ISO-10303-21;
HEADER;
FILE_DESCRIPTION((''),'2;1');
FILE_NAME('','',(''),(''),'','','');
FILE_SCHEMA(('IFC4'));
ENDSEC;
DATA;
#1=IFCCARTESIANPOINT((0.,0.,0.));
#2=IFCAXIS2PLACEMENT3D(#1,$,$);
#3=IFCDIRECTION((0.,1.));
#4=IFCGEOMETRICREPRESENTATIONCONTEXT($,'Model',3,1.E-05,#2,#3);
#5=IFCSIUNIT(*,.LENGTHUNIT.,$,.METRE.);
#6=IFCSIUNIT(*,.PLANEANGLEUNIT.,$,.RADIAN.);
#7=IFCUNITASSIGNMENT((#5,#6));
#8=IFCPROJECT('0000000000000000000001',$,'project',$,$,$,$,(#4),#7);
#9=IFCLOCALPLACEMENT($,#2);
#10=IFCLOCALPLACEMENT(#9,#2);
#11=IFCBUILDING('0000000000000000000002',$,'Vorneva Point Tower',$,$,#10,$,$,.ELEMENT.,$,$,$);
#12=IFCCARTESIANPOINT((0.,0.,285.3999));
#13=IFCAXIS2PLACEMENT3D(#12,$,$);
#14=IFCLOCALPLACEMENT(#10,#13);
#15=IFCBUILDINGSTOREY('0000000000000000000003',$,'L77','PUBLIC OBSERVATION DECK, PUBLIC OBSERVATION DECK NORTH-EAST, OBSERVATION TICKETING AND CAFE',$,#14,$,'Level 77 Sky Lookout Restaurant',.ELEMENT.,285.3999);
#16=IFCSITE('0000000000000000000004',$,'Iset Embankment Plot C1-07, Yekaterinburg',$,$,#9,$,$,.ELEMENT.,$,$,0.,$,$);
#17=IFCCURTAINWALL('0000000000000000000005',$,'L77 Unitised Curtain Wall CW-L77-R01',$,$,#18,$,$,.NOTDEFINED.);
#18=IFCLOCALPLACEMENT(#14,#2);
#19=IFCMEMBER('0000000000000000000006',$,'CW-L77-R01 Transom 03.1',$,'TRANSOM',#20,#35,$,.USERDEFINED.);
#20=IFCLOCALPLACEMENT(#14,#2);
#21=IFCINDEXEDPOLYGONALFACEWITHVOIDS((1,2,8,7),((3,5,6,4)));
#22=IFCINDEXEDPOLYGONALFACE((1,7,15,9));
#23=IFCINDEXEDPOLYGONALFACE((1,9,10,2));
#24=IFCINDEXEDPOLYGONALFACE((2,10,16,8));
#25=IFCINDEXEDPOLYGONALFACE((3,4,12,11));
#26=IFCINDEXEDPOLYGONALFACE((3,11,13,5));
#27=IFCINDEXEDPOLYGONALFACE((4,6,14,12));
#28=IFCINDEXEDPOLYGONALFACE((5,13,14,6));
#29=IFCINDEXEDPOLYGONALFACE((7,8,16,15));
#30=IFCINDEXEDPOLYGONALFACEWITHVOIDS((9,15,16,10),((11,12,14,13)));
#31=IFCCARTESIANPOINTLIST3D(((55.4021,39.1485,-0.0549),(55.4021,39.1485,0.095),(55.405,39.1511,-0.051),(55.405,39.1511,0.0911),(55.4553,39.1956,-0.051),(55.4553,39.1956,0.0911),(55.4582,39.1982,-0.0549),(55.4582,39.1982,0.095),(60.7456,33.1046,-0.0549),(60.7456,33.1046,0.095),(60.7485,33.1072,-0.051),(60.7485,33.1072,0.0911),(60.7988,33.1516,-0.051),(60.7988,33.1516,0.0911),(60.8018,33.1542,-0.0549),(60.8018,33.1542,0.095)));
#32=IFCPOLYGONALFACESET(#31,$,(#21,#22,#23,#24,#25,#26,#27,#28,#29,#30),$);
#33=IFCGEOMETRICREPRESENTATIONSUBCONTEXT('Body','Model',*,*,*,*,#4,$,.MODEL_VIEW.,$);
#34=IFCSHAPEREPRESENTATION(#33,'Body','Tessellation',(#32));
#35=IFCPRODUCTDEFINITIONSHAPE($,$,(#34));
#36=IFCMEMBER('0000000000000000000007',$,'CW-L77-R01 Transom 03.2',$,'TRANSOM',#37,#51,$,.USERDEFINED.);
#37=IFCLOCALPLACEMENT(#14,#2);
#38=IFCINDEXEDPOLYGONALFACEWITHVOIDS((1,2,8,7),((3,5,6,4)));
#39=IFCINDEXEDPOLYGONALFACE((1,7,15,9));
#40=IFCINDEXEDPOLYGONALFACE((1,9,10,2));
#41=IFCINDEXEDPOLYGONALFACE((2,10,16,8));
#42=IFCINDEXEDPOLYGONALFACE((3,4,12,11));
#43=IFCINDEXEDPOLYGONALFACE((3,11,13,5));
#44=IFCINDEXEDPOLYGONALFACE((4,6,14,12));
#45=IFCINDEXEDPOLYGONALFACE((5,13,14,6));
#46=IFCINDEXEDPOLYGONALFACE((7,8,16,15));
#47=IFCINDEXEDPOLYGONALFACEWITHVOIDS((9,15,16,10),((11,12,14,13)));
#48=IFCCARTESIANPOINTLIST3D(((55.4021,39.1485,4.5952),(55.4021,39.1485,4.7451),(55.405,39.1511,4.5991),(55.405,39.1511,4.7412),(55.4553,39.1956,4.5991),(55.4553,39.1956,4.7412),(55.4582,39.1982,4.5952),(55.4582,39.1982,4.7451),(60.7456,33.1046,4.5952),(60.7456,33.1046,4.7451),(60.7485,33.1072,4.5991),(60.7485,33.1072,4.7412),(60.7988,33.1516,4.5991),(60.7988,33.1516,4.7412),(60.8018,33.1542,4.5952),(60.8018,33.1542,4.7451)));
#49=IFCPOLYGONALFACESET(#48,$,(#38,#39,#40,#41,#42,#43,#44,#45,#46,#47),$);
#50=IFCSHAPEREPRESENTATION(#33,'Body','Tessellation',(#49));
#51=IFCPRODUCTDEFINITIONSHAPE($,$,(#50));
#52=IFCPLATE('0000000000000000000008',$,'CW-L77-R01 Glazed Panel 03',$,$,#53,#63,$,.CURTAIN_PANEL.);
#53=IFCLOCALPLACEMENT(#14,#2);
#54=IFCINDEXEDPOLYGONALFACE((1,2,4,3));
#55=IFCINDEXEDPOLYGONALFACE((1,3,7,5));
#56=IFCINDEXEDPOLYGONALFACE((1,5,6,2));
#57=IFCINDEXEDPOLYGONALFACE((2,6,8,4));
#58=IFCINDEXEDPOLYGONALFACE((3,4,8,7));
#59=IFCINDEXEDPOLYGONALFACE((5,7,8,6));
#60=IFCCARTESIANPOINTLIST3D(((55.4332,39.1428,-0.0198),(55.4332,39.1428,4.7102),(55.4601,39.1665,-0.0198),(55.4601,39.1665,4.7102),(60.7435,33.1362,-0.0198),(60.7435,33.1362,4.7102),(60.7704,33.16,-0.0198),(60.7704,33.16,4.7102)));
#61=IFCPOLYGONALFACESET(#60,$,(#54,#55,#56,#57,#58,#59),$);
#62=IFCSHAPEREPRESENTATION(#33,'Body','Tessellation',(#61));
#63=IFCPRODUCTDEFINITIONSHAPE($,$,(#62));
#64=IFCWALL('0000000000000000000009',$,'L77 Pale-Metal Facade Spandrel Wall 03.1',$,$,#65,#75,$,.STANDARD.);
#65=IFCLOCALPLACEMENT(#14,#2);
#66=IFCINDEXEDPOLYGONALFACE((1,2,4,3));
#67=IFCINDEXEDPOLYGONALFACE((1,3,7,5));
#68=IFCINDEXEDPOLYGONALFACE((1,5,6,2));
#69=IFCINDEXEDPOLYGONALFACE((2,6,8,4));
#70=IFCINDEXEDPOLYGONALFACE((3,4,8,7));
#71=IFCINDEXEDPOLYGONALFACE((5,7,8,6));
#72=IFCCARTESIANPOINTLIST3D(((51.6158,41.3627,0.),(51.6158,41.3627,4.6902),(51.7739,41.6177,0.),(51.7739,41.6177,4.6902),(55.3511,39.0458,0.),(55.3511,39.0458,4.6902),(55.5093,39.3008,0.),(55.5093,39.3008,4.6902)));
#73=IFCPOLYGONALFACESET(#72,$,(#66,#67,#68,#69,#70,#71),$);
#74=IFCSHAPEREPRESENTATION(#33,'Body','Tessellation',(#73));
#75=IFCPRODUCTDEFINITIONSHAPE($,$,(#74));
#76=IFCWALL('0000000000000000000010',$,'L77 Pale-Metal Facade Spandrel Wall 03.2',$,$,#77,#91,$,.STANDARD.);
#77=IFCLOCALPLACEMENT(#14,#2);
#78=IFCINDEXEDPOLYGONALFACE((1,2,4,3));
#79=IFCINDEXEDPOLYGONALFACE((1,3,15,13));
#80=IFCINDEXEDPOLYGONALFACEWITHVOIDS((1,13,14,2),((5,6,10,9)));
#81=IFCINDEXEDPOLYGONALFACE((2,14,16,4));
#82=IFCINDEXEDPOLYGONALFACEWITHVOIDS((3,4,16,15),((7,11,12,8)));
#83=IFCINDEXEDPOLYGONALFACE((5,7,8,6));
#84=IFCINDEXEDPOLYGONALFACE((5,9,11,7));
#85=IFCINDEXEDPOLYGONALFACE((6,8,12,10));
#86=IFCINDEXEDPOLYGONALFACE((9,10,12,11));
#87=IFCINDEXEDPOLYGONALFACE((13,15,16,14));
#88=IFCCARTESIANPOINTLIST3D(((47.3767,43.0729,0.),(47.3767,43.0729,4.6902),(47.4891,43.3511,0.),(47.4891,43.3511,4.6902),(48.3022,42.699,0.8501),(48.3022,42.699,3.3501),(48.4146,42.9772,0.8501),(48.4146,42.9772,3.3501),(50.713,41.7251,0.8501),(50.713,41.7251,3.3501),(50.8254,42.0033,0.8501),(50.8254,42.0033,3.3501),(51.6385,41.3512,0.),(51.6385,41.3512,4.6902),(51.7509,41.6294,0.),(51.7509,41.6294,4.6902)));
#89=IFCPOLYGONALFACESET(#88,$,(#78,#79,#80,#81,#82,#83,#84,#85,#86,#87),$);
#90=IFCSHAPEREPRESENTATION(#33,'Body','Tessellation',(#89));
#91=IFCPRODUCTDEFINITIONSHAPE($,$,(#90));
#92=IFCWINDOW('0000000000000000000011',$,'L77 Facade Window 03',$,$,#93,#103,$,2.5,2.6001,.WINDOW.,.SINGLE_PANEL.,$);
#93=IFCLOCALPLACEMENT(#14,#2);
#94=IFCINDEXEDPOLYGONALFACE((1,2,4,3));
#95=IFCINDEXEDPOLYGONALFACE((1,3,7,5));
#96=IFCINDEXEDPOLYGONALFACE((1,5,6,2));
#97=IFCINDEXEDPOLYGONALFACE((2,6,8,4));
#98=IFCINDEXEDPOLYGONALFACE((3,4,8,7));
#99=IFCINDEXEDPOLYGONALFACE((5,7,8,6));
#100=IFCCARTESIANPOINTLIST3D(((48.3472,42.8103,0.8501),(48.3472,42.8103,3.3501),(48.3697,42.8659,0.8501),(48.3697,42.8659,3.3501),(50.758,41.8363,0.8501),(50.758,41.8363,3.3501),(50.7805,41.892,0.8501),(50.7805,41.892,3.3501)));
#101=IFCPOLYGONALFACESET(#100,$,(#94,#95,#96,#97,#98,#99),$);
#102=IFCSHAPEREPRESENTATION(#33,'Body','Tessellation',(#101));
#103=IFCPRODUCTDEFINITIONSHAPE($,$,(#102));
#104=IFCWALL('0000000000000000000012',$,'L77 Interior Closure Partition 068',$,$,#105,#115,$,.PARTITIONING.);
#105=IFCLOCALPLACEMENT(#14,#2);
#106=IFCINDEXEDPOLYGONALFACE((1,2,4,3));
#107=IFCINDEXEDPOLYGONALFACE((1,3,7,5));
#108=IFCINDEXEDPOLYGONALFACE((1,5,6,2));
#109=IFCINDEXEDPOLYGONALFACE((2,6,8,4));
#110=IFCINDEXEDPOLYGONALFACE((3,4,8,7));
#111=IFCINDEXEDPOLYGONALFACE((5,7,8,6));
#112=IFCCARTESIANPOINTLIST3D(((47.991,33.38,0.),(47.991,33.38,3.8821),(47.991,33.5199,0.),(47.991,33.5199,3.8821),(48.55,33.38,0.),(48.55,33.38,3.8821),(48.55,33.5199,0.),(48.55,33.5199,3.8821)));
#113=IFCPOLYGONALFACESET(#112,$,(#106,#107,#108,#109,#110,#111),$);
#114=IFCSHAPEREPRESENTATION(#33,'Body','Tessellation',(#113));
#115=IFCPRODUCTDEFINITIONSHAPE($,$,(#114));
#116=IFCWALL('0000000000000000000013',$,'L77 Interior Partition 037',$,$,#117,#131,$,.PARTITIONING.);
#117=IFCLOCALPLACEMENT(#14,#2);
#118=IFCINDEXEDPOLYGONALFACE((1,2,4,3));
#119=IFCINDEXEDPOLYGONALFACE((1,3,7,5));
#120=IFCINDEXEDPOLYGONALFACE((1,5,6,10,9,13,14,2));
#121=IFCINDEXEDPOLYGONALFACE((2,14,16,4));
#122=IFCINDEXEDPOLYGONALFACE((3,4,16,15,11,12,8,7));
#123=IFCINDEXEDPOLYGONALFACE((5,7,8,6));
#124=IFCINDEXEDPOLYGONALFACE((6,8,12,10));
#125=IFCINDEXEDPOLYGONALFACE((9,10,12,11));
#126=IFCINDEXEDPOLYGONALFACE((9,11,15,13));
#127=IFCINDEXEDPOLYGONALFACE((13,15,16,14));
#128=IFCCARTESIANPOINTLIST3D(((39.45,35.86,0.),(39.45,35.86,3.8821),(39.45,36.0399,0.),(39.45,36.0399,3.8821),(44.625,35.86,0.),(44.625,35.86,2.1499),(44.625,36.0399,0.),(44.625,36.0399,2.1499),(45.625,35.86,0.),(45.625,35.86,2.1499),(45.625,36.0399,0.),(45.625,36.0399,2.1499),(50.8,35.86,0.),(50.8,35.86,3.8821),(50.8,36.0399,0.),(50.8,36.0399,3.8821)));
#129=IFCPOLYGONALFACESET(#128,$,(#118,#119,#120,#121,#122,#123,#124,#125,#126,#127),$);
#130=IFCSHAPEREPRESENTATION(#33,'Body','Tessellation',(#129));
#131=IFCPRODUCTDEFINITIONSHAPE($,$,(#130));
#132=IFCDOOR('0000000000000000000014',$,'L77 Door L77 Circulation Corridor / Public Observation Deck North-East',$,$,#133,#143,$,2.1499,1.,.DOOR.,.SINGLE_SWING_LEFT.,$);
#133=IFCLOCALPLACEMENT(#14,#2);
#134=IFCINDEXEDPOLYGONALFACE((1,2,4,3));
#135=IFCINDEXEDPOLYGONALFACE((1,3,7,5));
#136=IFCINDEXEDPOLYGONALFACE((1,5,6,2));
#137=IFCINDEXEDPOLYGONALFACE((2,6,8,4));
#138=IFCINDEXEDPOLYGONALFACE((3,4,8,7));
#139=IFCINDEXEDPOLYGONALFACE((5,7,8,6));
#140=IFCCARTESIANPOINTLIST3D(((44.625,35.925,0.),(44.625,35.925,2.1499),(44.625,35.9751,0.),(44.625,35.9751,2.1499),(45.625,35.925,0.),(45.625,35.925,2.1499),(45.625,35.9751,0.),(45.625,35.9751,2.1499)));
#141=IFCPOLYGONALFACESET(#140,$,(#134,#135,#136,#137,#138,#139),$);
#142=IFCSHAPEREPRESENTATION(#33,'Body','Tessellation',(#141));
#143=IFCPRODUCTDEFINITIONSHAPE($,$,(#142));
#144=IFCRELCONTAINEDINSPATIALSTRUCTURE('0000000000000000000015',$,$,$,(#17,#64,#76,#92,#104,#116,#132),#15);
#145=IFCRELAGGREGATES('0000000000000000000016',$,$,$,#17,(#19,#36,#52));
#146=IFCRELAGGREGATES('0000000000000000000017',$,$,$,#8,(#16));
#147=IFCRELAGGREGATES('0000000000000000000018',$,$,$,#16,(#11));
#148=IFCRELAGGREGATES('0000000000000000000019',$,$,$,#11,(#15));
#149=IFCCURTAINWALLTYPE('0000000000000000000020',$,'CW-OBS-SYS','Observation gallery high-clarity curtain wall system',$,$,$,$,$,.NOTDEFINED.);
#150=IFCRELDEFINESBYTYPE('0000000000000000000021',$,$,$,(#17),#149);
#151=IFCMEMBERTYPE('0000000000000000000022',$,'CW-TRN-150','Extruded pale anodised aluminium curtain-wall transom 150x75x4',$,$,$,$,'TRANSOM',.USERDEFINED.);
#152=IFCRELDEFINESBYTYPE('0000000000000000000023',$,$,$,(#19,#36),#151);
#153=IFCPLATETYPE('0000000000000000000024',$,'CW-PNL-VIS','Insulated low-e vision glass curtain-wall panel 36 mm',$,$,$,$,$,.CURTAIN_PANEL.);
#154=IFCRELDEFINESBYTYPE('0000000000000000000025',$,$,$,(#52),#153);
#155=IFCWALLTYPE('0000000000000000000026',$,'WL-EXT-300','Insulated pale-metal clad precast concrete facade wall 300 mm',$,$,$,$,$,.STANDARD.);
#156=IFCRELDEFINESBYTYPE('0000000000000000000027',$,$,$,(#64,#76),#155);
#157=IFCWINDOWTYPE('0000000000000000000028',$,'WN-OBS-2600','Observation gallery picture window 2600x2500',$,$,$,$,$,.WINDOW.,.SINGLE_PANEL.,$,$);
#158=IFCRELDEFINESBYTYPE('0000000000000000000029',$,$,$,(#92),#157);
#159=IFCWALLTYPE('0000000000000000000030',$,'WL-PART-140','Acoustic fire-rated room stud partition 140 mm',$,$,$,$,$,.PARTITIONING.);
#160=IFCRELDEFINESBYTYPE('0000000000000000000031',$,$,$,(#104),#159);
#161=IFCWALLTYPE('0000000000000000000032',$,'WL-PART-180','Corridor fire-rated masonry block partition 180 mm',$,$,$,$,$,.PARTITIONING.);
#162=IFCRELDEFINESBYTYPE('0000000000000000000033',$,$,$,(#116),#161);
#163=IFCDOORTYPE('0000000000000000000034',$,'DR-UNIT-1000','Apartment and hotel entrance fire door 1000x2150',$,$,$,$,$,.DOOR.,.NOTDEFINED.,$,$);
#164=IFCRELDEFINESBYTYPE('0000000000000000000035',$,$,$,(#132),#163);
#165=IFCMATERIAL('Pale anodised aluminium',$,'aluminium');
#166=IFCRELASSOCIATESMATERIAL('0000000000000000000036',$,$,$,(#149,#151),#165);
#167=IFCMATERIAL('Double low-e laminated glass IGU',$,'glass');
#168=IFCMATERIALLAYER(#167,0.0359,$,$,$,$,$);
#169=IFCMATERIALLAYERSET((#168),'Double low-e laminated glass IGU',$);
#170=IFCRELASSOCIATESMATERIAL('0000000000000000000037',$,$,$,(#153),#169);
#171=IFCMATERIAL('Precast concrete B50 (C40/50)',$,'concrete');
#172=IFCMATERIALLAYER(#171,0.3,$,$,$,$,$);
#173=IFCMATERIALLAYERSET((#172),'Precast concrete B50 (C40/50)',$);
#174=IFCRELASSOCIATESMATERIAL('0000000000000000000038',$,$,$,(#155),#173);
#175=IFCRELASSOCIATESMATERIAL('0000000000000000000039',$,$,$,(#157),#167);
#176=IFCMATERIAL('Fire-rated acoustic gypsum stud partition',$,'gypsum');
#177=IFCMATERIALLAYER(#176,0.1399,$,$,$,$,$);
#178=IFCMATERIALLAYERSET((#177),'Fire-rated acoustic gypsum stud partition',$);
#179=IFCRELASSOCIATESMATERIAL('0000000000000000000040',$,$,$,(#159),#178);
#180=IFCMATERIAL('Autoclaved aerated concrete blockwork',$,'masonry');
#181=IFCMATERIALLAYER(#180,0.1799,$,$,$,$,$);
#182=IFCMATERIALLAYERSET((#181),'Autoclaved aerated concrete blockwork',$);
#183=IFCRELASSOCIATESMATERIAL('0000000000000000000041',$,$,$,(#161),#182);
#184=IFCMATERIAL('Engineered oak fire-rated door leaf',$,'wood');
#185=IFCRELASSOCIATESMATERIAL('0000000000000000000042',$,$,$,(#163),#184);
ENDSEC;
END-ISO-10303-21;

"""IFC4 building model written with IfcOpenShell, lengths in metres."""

from ifc_helpers import new_model, si_unit, direction, frame, frame_2d, origin, origin_2d, place, context, subcontext, project, spatial, rectangle, hollow_rectangle, extrude, material, layer, layer_set, material_profile, profile_set, type_object, element, fill, aggregate, save


model = new_model("IFC4")

# Units and contexts
model_context = context("Model", 3, precision=1e-05, world=origin(), true_north=direction((0.0, 1.0)))
body_context = subcontext(model_context, "Body", "Model", "MODEL_VIEW")
ifc_project = project(units=[si_unit("LENGTHUNIT", "METRE"), si_unit("PLANEANGLEUNIT", "RADIAN")], contexts=[model_context])

# Site, building, storey
site_placement = place(None, origin())
site = spatial("IfcSite", under=ifc_project, at=site_placement, Name="Iset Embankment Plot C1-07, Yekaterinburg", CompositionType="ELEMENT", RefElevation=0.0)
building_placement = place(site_placement, origin())
building = spatial("IfcBuilding", under=site, at=building_placement, Name="Vorneva Point Tower", CompositionType="ELEMENT")
storey_placement = place(building_placement, frame((0.0, 0.0, 285.3999)))
storey = spatial("IfcBuildingStorey", under=building, at=storey_placement, Name="L77", Description="PUBLIC OBSERVATION DECK, PUBLIC OBSERVATION DECK NORTH-EAST, OBSERVATION TICKETING AND CAFE", LongName="Level 77 Sky Lookout Restaurant", CompositionType="ELEMENT", Elevation=285.3999)

# Curtain wall, members, plate
ifc_material_1 = material(Name="Pale anodised aluminium", Category="aluminium")
curtain_wall_type = type_object("IfcCurtainWallType", Name="CW-OBS-SYS", Description="Observation gallery high-clarity curtain wall system", PredefinedType="NOTDEFINED", material=ifc_material_1)
curtain_wall_placement = place(storey_placement, origin())
curtain_wall = element("IfcCurtainWall", 1, at=curtain_wall_placement, inside=storey, type_object=curtain_wall_type, Name="L77 Unitised Curtain Wall CW-L77-R01", PredefinedType="NOTDEFINED")
ifc_material_profile_1 = material_profile(ifc_material_1, hollow_rectangle(XDim=0.075, YDim=0.1499, WallThickness=0.0039, at=origin_2d()), Name="AL-TRN 150x75x4")
ifc_profile_set_1 = profile_set([ifc_material_profile_1], Name="Pale anodised aluminium")
member_type_1 = type_object("IfcMemberType", Name="CW-TRN-150", Description="Extruded pale anodised aluminium curtain-wall transom 150x75x4", ElementType="TRANSOM", PredefinedType="USERDEFINED", material=ifc_profile_set_1)
member_1_placement = place(storey_placement, frame((60.7737, 33.1294, 0.02), z_axis=(-0.662361, 0.749185, 0.0), x_axis=(-0.749185, -0.662361, 0.0)))
member_1 = element("IfcMember", 2, at=member_1_placement, type_object=member_type_1, Name="CW-L77-R01 Transom 03.1", ObjectType="TRANSOM", PredefinedType="USERDEFINED", context=body_context, shape_type="SweptSolid", body=[
    extrude(hollow_rectangle(XDim=0.075, YDim=0.1499, WallThickness=0.0039, at=origin_2d()), origin(), (0.0, 0.0, 1.0), 8.0674),
])
member_2_placement = place(storey_placement, frame((60.7737, 33.1294, 4.6702), z_axis=(-0.662361, 0.749185, 0.0), x_axis=(-0.749185, -0.662361, 0.0)))
member_2 = element("IfcMember", 3, at=member_2_placement, type_object=member_type_1, Name="CW-L77-R01 Transom 03.2", ObjectType="TRANSOM", PredefinedType="USERDEFINED", context=body_context, shape_type="SweptSolid", body=[
    extrude(hollow_rectangle(XDim=0.075, YDim=0.1499, WallThickness=0.0039, at=origin_2d()), origin(), (0.0, 0.0, 1.0), 8.0674),
])
ifc_material_2 = material(Name="Double low-e laminated glass IGU", Category="glass")
ifc_layer_1 = layer(ifc_material_2, 0.0359)
ifc_layer_set_1 = layer_set([ifc_layer_1], Name="Double low-e laminated glass IGU")
plate_type = type_object("IfcPlateType", Name="CW-PNL-VIS", Description="Insulated low-e vision glass curtain-wall panel 36 mm", PredefinedType="CURTAIN_PANEL", material=ifc_layer_set_1)
plate_placement = place(storey_placement, frame((58.1018, 36.1514, -0.0198), z_axis=(0.0, 0.0, 1.0), x_axis=(-0.662345, 0.749199, 0.0)))
plate = element("IfcPlate", 4, at=plate_placement, type_object=plate_type, Name="CW-L77-R01 Glazed Panel 03", PredefinedType="CURTAIN_PANEL", context=body_context, shape_type="SweptSolid", body=[
    extrude(rectangle(XDim=8.0173, YDim=0.0359, at=origin_2d()), origin(), (0.0, 0.0, 1.0), 4.73),
])
aggregate(curtain_wall, [member_1, member_2, plate])

# Wall
ifc_material_3 = material(Name="Precast concrete B50 (C40/50)", Category="concrete")
ifc_layer_2 = layer(ifc_material_3, 0.3)
ifc_layer_set_2 = layer_set([ifc_layer_2], Name="Precast concrete B50 (C40/50)")
wall_type_1 = type_object("IfcWallType", Name="WL-EXT-300", Description="Insulated pale-metal clad precast concrete facade wall 300 mm", PredefinedType="STANDARD", material=ifc_layer_set_2)
wall_1_placement = place(storey_placement, frame((55.4302, 39.1733, 0.0), z_axis=(0.0, 0.0, 1.0), x_axis=(-0.849803, 0.5271, 0.0)))
element("IfcWall", 5, at=wall_1_placement, inside=storey, type_object=wall_type_1, Name="L77 Pale-Metal Facade Spandrel Wall 03.1", PredefinedType="STANDARD", context=body_context, shape_type="SweptSolid", body=[
    extrude(rectangle(XDim=4.3955, YDim=0.3, at=frame_2d((2.1978, 0.0))), origin(), (0.0, 0.0, 1.0), 4.6902),
])

# Wall, opening, window
wall_2_placement = place(storey_placement, frame((51.6948, 41.4902, 0.0), z_axis=(0.0, 0.0, 1.0), x_axis=(-0.927196, 0.374575, 0.0)))
wall_2 = element("IfcWall", 6, at=wall_2_placement, inside=storey, type_object=wall_type_1, Name="L77 Pale-Metal Facade Spandrel Wall 03.2", PredefinedType="STANDARD", context=body_context, shape_type="SweptSolid", body=[
    extrude(rectangle(XDim=4.5964, YDim=0.3, at=frame_2d((2.2983, 0.0))), origin(), (0.0, 0.0, 1.0), 4.6902),
])
opening_1_placement = place(wall_2_placement, frame((0.9983, 0.0, 0.8501)))
opening_1 = element("IfcOpeningElement", 7, at=opening_1_placement, cuts=wall_2, PredefinedType="OPENING", context=body_context, shape_type="SweptSolid", body=[
    extrude(rectangle(XDim=2.6001, YDim=2.5, at=frame_2d((1.3, 1.25))), frame((0.0, 0.165, 0.0), z_axis=(0.0, -1.0, 0.0), x_axis=(1.0, 0.0, 0.0)), (0.0, 0.0, 1.0), 0.3298),
])
window_type = type_object("IfcWindowType", Name="WN-OBS-2600", Description="Observation gallery picture window 2600x2500", PartitioningType="SINGLE_PANEL", PredefinedType="WINDOW", material=ifc_material_2)
window_placement = place(opening_1_placement, origin())
window = element("IfcWindow", 8, at=window_placement, inside=storey, type_object=window_type, Name="L77 Facade Window 03", OverallHeight=2.5, OverallWidth=2.6001, PartitioningType="SINGLE_PANEL", PredefinedType="WINDOW", context=body_context, shape_type="SweptSolid", body=[
    extrude(rectangle(XDim=2.6001, YDim=2.5, at=frame_2d((1.3, 1.25))), frame((0.0, 0.03, 0.0), z_axis=(0.0, -1.0, 0.0), x_axis=(1.0, 0.0, 0.0)), (0.0, 0.0, 1.0), 0.0601),
])
fill(opening_1, window)

# Wall
ifc_material_4 = material(Name="Fire-rated acoustic gypsum stud partition", Category="gypsum")
ifc_layer_3 = layer(ifc_material_4, 0.1399)
ifc_layer_set_3 = layer_set([ifc_layer_3], Name="Fire-rated acoustic gypsum stud partition")
wall_type_2 = type_object("IfcWallType", Name="WL-PART-140", Description="Acoustic fire-rated room stud partition 140 mm", PredefinedType="PARTITIONING", material=ifc_layer_set_3)
wall_3_placement = place(storey_placement, frame((48.55, 33.45, 0.0), z_axis=(0.0, 0.0, 1.0), x_axis=(-1.0, 0.0, 0.0)))
element("IfcWall", 9, at=wall_3_placement, inside=storey, type_object=wall_type_2, Name="L77 Interior Closure Partition 068", PredefinedType="PARTITIONING", context=body_context, shape_type="SweptSolid", body=[
    extrude(rectangle(XDim=0.5591, YDim=0.1399, at=frame_2d((0.2795, 0.0))), origin(), (0.0, 0.0, 1.0), 3.8821),
])

# Wall, opening, door
ifc_material_5 = material(Name="Autoclaved aerated concrete blockwork", Category="masonry")
ifc_layer_4 = layer(ifc_material_5, 0.1799)
ifc_layer_set_4 = layer_set([ifc_layer_4], Name="Autoclaved aerated concrete blockwork")
wall_type_3 = type_object("IfcWallType", Name="WL-PART-180", Description="Corridor fire-rated masonry block partition 180 mm", PredefinedType="PARTITIONING", material=ifc_layer_set_4)
wall_4_placement = place(storey_placement, frame((50.8, 35.95, 0.0), z_axis=(0.0, 0.0, 1.0), x_axis=(-1.0, 0.0, 0.0)))
wall_4 = element("IfcWall", 10, at=wall_4_placement, inside=storey, type_object=wall_type_3, Name="L77 Interior Partition 037", PredefinedType="PARTITIONING", context=body_context, shape_type="SweptSolid", body=[
    extrude(rectangle(XDim=11.3501, YDim=0.1799, at=frame_2d((5.675, 0.0))), origin(), (0.0, 0.0, 1.0), 3.8821),
])
opening_2_placement = place(wall_4_placement, frame((5.175, 0.0, 0.0)))
opening_2 = element("IfcOpeningElement", 11, at=opening_2_placement, cuts=wall_4, PredefinedType="OPENING", context=body_context, shape_type="SweptSolid", body=[
    extrude(rectangle(XDim=1.0, YDim=2.1499, at=frame_2d((0.5, 1.075))), frame((0.0, 0.105, 0.0), z_axis=(0.0, -1.0, 0.0), x_axis=(1.0, 0.0, 0.0)), (0.0, 0.0, 1.0), 0.2097),
])
ifc_material_6 = material(Name="Engineered oak fire-rated door leaf", Category="wood")
door_type_1 = type_object("IfcDoorType", Name="DR-UNIT-1000", Description="Apartment and hotel entrance fire door 1000x2150", OperationType="NOTDEFINED", PredefinedType="DOOR", material=ifc_material_6)
door_1_placement = place(opening_2_placement, origin())
door_1 = element("IfcDoor", 12, at=door_1_placement, inside=storey, type_object=door_type_1, Name="L77 Door L77 Circulation Corridor / Public Observation Deck North-East", OperationType="SINGLE_SWING_LEFT", OverallHeight=2.1499, OverallWidth=1.0, PredefinedType="DOOR", context=body_context, shape_type="SweptSolid", body=[
    extrude(rectangle(XDim=1.0, YDim=2.1499, at=frame_2d((0.5, 1.075))), frame((0.0, 0.0249, 0.0), z_axis=(0.0, -1.0, 0.0), x_axis=(1.0, 0.0, 0.0)), (0.0, 0.0, 1.0), 0.05),
])
fill(opening_2, door_1)

save(model, "model.ifc")
